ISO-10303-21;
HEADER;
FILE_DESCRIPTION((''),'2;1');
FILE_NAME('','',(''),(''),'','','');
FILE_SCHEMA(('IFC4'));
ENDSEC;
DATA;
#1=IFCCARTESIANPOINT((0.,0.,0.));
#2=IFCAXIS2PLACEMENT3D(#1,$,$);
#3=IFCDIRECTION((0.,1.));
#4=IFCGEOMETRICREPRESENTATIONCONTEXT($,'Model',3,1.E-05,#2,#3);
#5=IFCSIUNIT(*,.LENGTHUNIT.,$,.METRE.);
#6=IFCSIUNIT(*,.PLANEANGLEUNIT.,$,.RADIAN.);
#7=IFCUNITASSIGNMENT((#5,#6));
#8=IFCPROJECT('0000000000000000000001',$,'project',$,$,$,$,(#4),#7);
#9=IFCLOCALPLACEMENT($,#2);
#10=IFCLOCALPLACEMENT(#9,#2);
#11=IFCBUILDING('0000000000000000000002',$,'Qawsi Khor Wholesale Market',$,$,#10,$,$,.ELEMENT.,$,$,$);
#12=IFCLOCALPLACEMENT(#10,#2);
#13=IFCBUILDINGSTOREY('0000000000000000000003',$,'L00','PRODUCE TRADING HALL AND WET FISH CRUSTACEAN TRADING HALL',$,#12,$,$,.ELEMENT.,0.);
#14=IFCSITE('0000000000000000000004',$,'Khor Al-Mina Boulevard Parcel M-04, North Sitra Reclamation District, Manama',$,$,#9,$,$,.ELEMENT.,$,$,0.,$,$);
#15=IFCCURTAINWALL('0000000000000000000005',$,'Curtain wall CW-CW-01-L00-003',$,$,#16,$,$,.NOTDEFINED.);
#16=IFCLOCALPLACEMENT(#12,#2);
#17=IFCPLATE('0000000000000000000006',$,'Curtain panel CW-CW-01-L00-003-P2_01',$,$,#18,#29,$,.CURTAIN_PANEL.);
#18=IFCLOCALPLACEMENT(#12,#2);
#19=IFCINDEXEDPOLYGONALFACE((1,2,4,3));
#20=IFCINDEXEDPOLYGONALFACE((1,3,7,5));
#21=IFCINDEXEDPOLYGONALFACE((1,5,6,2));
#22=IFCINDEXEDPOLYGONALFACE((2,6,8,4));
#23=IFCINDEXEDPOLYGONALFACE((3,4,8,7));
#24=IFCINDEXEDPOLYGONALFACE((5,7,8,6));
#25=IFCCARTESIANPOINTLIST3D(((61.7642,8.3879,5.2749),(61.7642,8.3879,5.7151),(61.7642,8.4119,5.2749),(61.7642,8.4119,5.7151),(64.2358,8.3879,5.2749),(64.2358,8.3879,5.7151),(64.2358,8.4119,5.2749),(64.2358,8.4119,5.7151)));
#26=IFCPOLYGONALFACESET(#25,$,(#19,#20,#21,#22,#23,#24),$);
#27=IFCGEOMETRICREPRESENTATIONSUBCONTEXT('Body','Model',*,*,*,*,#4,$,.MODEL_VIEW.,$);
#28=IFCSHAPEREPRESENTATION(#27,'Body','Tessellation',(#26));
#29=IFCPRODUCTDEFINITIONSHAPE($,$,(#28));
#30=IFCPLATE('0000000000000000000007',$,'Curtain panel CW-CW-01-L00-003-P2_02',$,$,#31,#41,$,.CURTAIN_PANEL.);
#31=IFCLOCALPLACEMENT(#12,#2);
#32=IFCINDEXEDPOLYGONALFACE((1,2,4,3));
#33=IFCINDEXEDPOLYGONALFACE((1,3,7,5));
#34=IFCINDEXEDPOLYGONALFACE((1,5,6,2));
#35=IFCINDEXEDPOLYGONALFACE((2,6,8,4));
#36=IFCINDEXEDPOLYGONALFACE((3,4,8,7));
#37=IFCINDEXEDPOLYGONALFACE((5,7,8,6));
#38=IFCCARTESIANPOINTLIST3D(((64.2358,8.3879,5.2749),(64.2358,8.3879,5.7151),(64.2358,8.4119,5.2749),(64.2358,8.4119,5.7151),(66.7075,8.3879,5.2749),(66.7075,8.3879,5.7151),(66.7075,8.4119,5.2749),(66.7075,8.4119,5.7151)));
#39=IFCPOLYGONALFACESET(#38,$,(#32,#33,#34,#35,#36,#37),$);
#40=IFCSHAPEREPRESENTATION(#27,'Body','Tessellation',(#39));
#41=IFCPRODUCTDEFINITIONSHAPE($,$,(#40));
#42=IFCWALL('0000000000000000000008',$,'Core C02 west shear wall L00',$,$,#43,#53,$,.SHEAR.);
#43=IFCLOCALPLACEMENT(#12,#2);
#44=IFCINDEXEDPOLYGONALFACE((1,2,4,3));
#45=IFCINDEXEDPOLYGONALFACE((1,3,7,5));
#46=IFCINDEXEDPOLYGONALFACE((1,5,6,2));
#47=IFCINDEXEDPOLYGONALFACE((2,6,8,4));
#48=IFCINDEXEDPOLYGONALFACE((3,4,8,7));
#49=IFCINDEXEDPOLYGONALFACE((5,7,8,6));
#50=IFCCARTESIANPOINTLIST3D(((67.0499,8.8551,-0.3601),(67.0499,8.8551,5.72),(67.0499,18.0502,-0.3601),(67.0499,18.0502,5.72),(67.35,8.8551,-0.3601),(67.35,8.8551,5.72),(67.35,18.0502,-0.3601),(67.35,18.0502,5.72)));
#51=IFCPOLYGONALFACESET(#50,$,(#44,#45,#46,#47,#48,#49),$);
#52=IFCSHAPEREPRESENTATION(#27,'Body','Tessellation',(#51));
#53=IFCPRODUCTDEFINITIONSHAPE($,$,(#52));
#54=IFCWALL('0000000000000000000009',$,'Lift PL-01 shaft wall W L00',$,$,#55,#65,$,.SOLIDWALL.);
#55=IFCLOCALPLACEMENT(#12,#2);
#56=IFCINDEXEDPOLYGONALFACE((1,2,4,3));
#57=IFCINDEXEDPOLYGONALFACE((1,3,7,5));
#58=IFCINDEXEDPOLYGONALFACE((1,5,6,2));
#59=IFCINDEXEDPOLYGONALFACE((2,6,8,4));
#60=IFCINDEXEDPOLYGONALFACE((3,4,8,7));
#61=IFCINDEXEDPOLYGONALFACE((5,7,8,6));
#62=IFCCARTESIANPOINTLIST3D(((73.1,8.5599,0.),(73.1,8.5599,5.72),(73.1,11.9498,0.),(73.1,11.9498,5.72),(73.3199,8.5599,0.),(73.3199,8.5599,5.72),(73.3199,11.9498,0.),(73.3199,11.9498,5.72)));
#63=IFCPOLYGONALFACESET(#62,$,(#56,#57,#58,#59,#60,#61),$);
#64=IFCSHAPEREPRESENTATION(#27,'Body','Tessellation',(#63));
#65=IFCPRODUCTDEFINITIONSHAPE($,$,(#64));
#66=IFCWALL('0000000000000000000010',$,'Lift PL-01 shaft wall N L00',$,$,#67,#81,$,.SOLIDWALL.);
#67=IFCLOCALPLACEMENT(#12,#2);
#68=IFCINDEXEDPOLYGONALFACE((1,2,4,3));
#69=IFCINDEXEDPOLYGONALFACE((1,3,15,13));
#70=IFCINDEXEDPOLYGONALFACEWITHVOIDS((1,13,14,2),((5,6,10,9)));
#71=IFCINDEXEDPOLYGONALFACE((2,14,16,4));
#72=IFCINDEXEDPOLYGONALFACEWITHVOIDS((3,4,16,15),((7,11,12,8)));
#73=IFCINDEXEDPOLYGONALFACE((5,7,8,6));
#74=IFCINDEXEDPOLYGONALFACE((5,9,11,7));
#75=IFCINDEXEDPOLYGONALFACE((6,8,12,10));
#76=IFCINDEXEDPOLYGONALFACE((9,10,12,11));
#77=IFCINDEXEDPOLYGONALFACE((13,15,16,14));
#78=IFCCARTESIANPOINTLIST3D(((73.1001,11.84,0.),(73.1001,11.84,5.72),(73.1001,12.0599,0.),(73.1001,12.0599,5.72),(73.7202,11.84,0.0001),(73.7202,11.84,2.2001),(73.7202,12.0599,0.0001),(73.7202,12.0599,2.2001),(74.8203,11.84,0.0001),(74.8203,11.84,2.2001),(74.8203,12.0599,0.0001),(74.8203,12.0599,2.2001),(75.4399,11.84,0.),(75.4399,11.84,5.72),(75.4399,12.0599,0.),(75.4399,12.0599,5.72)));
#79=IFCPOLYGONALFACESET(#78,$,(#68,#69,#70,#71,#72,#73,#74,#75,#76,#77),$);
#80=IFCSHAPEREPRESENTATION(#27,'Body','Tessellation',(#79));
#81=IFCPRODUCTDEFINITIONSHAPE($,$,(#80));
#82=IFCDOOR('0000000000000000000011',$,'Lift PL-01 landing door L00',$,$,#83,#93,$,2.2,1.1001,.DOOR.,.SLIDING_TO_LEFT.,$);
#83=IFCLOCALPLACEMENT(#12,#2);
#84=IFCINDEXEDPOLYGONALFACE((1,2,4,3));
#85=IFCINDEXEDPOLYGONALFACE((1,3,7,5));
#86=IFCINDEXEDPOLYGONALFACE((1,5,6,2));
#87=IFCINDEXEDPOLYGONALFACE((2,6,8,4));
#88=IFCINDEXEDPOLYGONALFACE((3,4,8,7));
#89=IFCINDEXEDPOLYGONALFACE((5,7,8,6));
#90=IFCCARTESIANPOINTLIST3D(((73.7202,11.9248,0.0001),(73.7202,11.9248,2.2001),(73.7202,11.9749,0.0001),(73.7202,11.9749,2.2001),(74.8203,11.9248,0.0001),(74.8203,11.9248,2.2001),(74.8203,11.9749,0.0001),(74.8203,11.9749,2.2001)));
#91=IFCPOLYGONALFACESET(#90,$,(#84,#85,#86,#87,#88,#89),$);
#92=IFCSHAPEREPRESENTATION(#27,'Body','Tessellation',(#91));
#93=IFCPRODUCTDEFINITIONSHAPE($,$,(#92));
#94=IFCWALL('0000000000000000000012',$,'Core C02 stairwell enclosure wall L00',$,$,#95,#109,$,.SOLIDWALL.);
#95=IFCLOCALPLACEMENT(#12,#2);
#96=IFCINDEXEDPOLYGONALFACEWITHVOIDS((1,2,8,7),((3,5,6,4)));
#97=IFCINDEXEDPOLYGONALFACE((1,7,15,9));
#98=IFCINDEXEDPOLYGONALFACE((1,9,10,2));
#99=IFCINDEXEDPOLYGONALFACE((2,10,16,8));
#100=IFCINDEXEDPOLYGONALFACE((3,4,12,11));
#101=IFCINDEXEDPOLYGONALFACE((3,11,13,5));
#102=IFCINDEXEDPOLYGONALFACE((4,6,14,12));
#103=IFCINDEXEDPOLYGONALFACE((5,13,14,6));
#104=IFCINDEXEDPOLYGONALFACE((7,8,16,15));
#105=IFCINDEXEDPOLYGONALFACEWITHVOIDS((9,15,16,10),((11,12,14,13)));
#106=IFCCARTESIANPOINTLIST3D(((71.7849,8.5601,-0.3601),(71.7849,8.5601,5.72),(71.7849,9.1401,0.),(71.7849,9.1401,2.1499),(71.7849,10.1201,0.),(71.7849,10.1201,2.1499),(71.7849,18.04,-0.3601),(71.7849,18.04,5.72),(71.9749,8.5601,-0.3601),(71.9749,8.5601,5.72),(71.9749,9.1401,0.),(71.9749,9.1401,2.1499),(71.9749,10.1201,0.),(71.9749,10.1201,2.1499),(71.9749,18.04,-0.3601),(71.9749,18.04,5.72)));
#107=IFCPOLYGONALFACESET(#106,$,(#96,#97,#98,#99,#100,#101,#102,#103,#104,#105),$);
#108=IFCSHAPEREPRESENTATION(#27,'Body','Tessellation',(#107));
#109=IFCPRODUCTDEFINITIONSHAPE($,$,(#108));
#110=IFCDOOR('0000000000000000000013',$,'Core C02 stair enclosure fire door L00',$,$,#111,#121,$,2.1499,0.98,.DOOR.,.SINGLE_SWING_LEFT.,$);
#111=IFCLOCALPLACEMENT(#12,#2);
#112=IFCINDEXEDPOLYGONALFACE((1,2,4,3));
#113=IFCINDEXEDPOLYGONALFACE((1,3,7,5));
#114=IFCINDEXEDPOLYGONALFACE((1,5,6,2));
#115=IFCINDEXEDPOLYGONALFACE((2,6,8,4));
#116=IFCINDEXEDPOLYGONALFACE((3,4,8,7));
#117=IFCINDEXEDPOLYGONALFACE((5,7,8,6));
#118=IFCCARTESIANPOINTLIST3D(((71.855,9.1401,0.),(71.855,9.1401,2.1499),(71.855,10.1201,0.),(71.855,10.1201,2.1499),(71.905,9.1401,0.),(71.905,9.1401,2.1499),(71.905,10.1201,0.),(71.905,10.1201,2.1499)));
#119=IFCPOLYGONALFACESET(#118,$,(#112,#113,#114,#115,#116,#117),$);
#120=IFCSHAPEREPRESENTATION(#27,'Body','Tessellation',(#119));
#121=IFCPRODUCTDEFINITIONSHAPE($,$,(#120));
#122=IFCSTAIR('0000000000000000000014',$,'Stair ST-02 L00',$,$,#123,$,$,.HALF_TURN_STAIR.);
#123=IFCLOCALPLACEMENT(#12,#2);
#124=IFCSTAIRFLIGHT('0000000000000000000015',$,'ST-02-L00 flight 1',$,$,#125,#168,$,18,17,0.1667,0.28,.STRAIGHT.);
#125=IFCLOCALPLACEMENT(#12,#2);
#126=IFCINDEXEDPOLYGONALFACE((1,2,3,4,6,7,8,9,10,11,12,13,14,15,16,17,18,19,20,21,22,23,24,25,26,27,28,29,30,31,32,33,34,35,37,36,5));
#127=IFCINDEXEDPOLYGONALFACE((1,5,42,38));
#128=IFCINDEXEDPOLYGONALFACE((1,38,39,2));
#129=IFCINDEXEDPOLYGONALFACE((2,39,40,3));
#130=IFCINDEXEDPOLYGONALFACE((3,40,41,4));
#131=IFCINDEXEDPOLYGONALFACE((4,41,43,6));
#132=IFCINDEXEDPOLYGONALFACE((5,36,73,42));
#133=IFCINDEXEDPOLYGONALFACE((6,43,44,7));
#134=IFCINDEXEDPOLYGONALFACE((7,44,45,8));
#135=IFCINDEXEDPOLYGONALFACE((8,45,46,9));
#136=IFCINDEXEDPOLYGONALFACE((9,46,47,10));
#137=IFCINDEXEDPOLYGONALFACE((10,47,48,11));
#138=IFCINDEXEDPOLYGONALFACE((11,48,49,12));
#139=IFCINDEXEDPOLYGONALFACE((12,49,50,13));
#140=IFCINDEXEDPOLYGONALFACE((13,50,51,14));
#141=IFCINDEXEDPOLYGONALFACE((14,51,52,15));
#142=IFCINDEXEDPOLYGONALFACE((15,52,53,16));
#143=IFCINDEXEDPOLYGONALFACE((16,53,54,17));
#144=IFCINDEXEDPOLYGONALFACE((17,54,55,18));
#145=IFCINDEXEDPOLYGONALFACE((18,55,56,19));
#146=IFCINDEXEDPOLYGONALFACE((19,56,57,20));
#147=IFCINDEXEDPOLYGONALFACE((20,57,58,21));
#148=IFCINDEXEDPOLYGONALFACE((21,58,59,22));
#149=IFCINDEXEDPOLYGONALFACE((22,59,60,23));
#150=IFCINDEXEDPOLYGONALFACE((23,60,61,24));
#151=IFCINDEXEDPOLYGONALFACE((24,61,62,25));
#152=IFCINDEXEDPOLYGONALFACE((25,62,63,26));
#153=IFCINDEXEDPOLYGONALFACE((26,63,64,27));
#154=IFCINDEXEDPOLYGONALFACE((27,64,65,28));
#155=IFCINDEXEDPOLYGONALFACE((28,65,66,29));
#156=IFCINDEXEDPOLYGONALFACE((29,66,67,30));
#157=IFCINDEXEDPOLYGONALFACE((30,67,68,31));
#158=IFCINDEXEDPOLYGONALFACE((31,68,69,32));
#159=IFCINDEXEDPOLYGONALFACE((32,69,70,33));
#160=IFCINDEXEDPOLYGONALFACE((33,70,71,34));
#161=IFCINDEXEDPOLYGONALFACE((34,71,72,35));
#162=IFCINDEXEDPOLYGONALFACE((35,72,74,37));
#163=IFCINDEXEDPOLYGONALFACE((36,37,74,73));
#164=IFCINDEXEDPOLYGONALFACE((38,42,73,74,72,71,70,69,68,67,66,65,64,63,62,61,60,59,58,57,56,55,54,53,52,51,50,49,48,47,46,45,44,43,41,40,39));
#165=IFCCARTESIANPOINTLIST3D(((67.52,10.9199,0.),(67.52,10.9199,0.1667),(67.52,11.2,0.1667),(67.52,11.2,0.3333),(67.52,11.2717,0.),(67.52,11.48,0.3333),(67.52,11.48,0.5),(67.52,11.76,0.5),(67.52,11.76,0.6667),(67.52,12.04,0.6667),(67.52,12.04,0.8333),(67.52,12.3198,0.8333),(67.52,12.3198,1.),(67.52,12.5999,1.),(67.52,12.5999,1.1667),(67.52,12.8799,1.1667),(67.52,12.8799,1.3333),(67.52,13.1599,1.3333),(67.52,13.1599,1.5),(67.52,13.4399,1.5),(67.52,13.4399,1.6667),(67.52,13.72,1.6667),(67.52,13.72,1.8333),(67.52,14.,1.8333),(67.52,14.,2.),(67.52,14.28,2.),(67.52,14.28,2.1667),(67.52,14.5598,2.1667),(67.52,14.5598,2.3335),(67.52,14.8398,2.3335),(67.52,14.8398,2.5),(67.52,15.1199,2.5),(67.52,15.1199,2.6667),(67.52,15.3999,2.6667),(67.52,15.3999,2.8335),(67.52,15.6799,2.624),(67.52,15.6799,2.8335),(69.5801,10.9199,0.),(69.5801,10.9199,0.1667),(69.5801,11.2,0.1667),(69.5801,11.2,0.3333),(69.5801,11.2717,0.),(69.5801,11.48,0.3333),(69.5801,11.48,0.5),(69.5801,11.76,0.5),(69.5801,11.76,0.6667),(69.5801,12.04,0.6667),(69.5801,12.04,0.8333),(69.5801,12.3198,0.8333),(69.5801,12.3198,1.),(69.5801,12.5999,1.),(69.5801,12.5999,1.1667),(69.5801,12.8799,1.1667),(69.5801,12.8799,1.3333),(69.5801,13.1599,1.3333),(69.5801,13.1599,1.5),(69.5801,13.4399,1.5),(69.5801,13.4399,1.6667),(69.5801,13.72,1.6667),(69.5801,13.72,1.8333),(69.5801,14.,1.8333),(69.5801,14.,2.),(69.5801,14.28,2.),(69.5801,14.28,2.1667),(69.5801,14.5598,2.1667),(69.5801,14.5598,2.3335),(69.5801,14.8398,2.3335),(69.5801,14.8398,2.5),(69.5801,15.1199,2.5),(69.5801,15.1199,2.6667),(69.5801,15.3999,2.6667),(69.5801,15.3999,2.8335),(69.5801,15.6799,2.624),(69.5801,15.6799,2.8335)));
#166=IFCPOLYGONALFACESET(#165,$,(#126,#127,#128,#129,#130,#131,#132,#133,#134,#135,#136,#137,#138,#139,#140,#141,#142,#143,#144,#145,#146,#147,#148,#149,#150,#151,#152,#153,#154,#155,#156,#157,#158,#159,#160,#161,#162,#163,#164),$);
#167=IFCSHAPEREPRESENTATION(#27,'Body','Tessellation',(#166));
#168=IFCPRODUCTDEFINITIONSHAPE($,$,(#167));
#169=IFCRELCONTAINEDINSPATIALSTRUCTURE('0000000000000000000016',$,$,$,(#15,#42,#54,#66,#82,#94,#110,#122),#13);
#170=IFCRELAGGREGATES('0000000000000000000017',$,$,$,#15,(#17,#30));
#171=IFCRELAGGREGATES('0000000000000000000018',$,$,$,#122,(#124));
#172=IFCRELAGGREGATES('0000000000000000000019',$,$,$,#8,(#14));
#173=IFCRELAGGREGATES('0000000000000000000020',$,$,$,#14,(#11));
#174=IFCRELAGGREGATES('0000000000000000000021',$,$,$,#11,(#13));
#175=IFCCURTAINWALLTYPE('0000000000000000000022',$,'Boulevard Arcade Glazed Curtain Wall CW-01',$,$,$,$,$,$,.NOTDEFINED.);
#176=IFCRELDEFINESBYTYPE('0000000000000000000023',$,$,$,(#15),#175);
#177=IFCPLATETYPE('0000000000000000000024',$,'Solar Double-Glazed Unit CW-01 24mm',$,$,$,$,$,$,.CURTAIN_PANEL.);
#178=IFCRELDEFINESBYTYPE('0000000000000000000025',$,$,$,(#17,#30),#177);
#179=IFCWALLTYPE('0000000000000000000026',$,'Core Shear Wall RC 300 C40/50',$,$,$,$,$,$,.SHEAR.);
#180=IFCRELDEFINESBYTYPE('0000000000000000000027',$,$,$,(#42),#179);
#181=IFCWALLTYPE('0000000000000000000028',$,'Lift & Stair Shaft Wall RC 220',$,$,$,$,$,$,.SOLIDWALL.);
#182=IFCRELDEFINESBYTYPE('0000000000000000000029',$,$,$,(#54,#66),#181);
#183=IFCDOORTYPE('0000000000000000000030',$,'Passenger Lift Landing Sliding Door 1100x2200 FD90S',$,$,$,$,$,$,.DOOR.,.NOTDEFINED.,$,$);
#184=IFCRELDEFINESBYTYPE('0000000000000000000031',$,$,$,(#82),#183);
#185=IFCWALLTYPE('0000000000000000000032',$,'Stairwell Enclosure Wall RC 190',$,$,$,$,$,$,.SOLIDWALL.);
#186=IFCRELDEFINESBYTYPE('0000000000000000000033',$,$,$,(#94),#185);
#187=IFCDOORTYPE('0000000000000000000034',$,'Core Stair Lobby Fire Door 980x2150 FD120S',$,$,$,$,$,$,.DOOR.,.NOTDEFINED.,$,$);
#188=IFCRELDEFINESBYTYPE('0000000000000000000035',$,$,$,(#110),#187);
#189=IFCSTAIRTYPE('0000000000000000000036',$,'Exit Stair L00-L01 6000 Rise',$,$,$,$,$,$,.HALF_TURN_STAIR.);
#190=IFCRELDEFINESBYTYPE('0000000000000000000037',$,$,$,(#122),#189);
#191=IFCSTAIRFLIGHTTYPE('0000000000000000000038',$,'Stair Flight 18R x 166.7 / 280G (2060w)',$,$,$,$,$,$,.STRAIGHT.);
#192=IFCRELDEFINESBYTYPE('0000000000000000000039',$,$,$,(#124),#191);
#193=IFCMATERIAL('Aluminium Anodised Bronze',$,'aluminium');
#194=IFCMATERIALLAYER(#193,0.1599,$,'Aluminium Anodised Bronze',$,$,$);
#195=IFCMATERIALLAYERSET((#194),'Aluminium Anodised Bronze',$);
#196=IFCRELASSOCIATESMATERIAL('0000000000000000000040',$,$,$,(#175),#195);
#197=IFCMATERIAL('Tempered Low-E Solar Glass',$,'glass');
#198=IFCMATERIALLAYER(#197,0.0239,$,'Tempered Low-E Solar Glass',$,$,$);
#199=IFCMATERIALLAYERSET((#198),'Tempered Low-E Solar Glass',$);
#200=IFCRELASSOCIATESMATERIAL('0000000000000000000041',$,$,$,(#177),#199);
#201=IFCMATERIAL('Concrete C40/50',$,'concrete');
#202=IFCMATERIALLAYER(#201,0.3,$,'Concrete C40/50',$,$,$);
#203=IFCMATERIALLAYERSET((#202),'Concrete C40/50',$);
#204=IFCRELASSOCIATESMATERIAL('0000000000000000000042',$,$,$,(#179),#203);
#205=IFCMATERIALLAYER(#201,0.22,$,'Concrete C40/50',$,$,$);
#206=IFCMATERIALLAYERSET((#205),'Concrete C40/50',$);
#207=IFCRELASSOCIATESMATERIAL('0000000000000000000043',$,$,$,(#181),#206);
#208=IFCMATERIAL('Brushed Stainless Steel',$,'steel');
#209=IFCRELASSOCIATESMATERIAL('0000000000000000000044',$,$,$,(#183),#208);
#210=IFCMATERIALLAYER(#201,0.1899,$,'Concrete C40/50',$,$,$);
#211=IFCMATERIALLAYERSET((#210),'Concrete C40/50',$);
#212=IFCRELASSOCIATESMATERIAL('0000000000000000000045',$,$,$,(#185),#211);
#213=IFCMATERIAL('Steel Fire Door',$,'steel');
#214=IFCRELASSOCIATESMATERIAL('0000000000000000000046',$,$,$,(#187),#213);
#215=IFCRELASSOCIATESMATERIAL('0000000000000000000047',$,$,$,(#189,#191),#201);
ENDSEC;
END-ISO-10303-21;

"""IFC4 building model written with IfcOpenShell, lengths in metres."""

from ifc_helpers import new_model, si_unit, direction, frame, frame_2d, origin, place, context, subcontext, project, spatial, polyline, rectangle, outline, extrude, material, layer, layer_set, type_object, element, fill, aggregate, save


model = new_model("IFC4")

# Units and contexts
model_context = context("Model", 3, precision=1e-05, world=origin(), true_north=direction((0.0, 1.0)))
body_context = subcontext(model_context, "Body", "Model", "MODEL_VIEW")
ifc_project = project(units=[si_unit("LENGTHUNIT", "METRE"), si_unit("PLANEANGLEUNIT", "RADIAN")], contexts=[model_context])

# Site, building, storey
site_placement = place(None, origin())
site = spatial("IfcSite", under=ifc_project, at=site_placement, Name="Khor Al-Mina Boulevard Parcel M-04, North Sitra Reclamation District, Manama", CompositionType="ELEMENT", RefElevation=0.0)
building_placement = place(site_placement, origin())
building = spatial("IfcBuilding", under=site, at=building_placement, Name="Qawsi Khor Wholesale Market", CompositionType="ELEMENT")
storey_placement = place(building_placement, origin())
storey = spatial("IfcBuildingStorey", under=building, at=storey_placement, Name="L00", Description="PRODUCE TRADING HALL AND WET FISH CRUSTACEAN TRADING HALL", CompositionType="ELEMENT", Elevation=0.0)

# Shared definitions
ifc_material_1 = material(Name="Concrete C40/50", Category="concrete")

# Curtain wall, plates
ifc_material_2 = material(Name="Aluminium Anodised Bronze", Category="aluminium")
ifc_layer_1 = layer(ifc_material_2, 0.1599, Name="Aluminium Anodised Bronze")
ifc_layer_set_1 = layer_set([ifc_layer_1], Name="Aluminium Anodised Bronze")
curtain_wall_type = type_object("IfcCurtainWallType", Name="Boulevard Arcade Glazed Curtain Wall CW-01", PredefinedType="NOTDEFINED", material=ifc_layer_set_1)
curtain_wall_placement = place(storey_placement, origin())
curtain_wall = element("IfcCurtainWall", 1, at=curtain_wall_placement, inside=storey, type_object=curtain_wall_type, Name="Curtain wall CW-CW-01-L00-003", PredefinedType="NOTDEFINED")
ifc_material_3 = material(Name="Tempered Low-E Solar Glass", Category="glass")
ifc_layer_2 = layer(ifc_material_3, 0.0239, Name="Tempered Low-E Solar Glass")
ifc_layer_set_2 = layer_set([ifc_layer_2], Name="Tempered Low-E Solar Glass")
plate_type_1 = type_object("IfcPlateType", Name="Solar Double-Glazed Unit CW-01 24mm", PredefinedType="CURTAIN_PANEL", material=ifc_layer_set_2)
plate_1_placement = place(storey_placement, frame((61.7642, 8.3999, 5.2749), z_axis=(0.0, 0.0, 1.0), x_axis=(1.0, 0.0, 0.0)))
plate_1 = element("IfcPlate", 2, at=plate_1_placement, type_object=plate_type_1, Name="Curtain panel CW-CW-01-L00-003-P2_01", PredefinedType="CURTAIN_PANEL", context=body_context, shape_type="SweptSolid", body=[
    extrude(rectangle(XDim=2.4717, YDim=0.0239, at=frame_2d((1.2358, 0.0))), origin(), (0.0, 0.0, 1.0), 0.4402),
])
plate_2_placement = place(storey_placement, frame((64.2358, 8.3999, 5.2749), z_axis=(0.0, 0.0, 1.0), x_axis=(1.0, 0.0, 0.0)))
plate_2 = element("IfcPlate", 3, at=plate_2_placement, type_object=plate_type_1, Name="Curtain panel CW-CW-01-L00-003-P2_02", PredefinedType="CURTAIN_PANEL", context=body_context, shape_type="SweptSolid", body=[
    extrude(rectangle(XDim=2.4717, YDim=0.0239, at=frame_2d((1.2358, 0.0))), origin(), (0.0, 0.0, 1.0), 0.4402),
])
aggregate(curtain_wall, [plate_1, plate_2])

# Walls
ifc_layer_3 = layer(ifc_material_1, 0.3, Name="Concrete C40/50")
ifc_layer_set_3 = layer_set([ifc_layer_3], Name="Concrete C40/50")
wall_type_1 = type_object("IfcWallType", Name="Core Shear Wall RC 300 C40/50", PredefinedType="SHEAR", material=ifc_layer_set_3)
wall_1_placement = place(storey_placement, frame((67.2, 8.855, -0.3601), z_axis=(0.0, 0.0, 1.0), x_axis=(0.0, 1.0, 0.0)))
element("IfcWall", 4, at=wall_1_placement, inside=storey, type_object=wall_type_1, Name="Core C02 west shear wall L00", PredefinedType="SHEAR", context=body_context, shape_type="SweptSolid", body=[
    extrude(rectangle(XDim=9.1951, YDim=0.3, at=frame_2d((4.5977, 0.0))), origin(), (0.0, 0.0, 1.0), 6.0801),
])
ifc_layer_4 = layer(ifc_material_1, 0.22, Name="Concrete C40/50")
ifc_layer_set_4 = layer_set([ifc_layer_4], Name="Concrete C40/50")
wall_type_2 = type_object("IfcWallType", Name="Lift & Stair Shaft Wall RC 220", PredefinedType="SOLIDWALL", material=ifc_layer_set_4)
wall_2_placement = place(storey_placement, frame((73.21, 8.5601, 0.0), z_axis=(0.0, 0.0, 1.0), x_axis=(0.0, 1.0, 0.0)))
element("IfcWall", 5, at=wall_2_placement, inside=storey, type_object=wall_type_2, Name="Lift PL-01 shaft wall W L00", PredefinedType="SOLIDWALL", context=body_context, shape_type="SweptSolid", body=[
    extrude(rectangle(XDim=3.3899, YDim=0.22, at=frame_2d((1.6948, 0.0))), origin(), (0.0, 0.0, 1.0), 5.72),
])

# Walls, openings, doors
wall_3_placement = place(storey_placement, frame((73.1001, 11.95, 0.0), z_axis=(0.0, 0.0, 1.0), x_axis=(1.0, 0.0, 0.0)))
wall_3 = element("IfcWall", 6, at=wall_3_placement, inside=storey, type_object=wall_type_2, Name="Lift PL-01 shaft wall N L00", PredefinedType="SOLIDWALL", context=body_context, shape_type="SweptSolid", body=[
    extrude(rectangle(XDim=2.3398, YDim=0.22, at=frame_2d((1.1699, 0.0))), origin(), (0.0, 0.0, 1.0), 5.72),
])
opening_1_placement = place(wall_3_placement, frame((0.6201, 0.0, 0.0)))
opening_1 = element("IfcOpeningElement", 7, at=opening_1_placement, cuts=wall_3, PredefinedType="OPENING", context=body_context, shape_type="SweptSolid", body=[
    extrude(rectangle(XDim=1.1001, YDim=2.2, at=frame_2d((0.55, 1.1001))), frame((0.0, 0.1199, 0.0), z_axis=(0.0, -1.0, 0.0), x_axis=(1.0, 0.0, 0.0)), (0.0, 0.0, 1.0), 0.24),
])
ifc_material_4 = material(Name="Brushed Stainless Steel", Category="steel")
door_type_1 = type_object("IfcDoorType", Name="Passenger Lift Landing Sliding Door 1100x2200 FD90S", OperationType="NOTDEFINED", PredefinedType="DOOR", material=ifc_material_4)
door_1_placement = place(opening_1_placement, origin())
door_1 = element("IfcDoor", 8, at=door_1_placement, inside=storey, type_object=door_type_1, Name="Lift PL-01 landing door L00", OperationType="SLIDING_TO_LEFT", OverallHeight=2.2, OverallWidth=1.1001, PredefinedType="DOOR", context=body_context, shape_type="SweptSolid", body=[
    extrude(rectangle(XDim=1.1001, YDim=2.2, at=frame_2d((0.55, 1.1001))), frame((0.0, 0.0249, 0.0), z_axis=(0.0, -1.0, 0.0), x_axis=(1.0, 0.0, 0.0)), (0.0, 0.0, 1.0), 0.05),
])
fill(opening_1, door_1)
ifc_layer_5 = layer(ifc_material_1, 0.1899, Name="Concrete C40/50")
ifc_layer_set_5 = layer_set([ifc_layer_5], Name="Concrete C40/50")
wall_type_3 = type_object("IfcWallType", Name="Stairwell Enclosure Wall RC 190", PredefinedType="SOLIDWALL", material=ifc_layer_set_5)
wall_4_placement = place(storey_placement, frame((71.8799, 8.5601, -0.3601), z_axis=(0.0, 0.0, 1.0), x_axis=(0.0, 1.0, 0.0)))
wall_4 = element("IfcWall", 9, at=wall_4_placement, inside=storey, type_object=wall_type_3, Name="Core C02 stairwell enclosure wall L00", PredefinedType="SOLIDWALL", context=body_context, shape_type="SweptSolid", body=[
    extrude(rectangle(XDim=9.48, YDim=0.1899, at=frame_2d((4.74, 0.0))), origin(), (0.0, 0.0, 1.0), 6.0801),
])
opening_2_placement = place(wall_4_placement, frame((0.5801, 0.0, 0.3601)))
opening_2 = element("IfcOpeningElement", 10, at=opening_2_placement, cuts=wall_4, PredefinedType="OPENING", context=body_context, shape_type="SweptSolid", body=[
    extrude(rectangle(XDim=0.98, YDim=2.1499, at=frame_2d((0.49, 1.075))), frame((0.0, 0.105, 0.0), z_axis=(0.0, -1.0, 0.0), x_axis=(1.0, 0.0, 0.0)), (0.0, 0.0, 1.0), 0.21),
])
ifc_material_5 = material(Name="Steel Fire Door", Category="steel")
door_type_2 = type_object("IfcDoorType", Name="Core Stair Lobby Fire Door 980x2150 FD120S", OperationType="NOTDEFINED", PredefinedType="DOOR", material=ifc_material_5)
door_2_placement = place(opening_2_placement, origin())
door_2 = element("IfcDoor", 11, at=door_2_placement, inside=storey, type_object=door_type_2, Name="Core C02 stair enclosure fire door L00", OperationType="SINGLE_SWING_LEFT", OverallHeight=2.1499, OverallWidth=0.98, PredefinedType="DOOR", context=body_context, shape_type="SweptSolid", body=[
    extrude(rectangle(XDim=0.98, YDim=2.1499, at=frame_2d((0.49, 1.075))), frame((0.0, 0.0249, 0.0), z_axis=(0.0, -1.0, 0.0), x_axis=(1.0, 0.0, 0.0)), (0.0, 0.0, 1.0), 0.05),
])
fill(opening_2, door_2)

# Stair, stair flight
stair_type = type_object("IfcStairType", Name="Exit Stair L00-L01 6000 Rise", PredefinedType="HALF_TURN_STAIR", material=ifc_material_1)
stair_placement = place(storey_placement, origin())
stair = element("IfcStair", 12, at=stair_placement, inside=storey, type_object=stair_type, Name="Stair ST-02 L00", PredefinedType="HALF_TURN_STAIR")
stair_flight_type = type_object("IfcStairFlightType", Name="Stair Flight 18R x 166.7 / 280G (2060w)", PredefinedType="STRAIGHT", material=ifc_material_1)
stair_flight_1_placement = place(storey_placement, frame((68.55, 10.9199, 0.0), z_axis=(0.0, 0.0, 1.0), x_axis=(0.0, 1.0, 0.0)))
stair_flight_1 = element("IfcStairFlight", 13, at=stair_flight_1_placement, type_object=stair_flight_type, Name="ST-02-L00 flight 1", NumberOfRisers=18, NumberOfTreads=17, PredefinedType="STRAIGHT", RiserHeight=0.1667, TreadLength=0.28, context=body_context, shape_type="SweptSolid", body=[
    extrude(outline(polyline([(0.0, 0.0), (0.0, 0.1667), (0.28, 0.1667), (0.28, 0.3333), (0.5601, 0.3333), (0.5601, 0.5), (0.8401, 0.5), (0.8401, 0.6667), (1.1201, 0.6667), (1.1201, 0.8333), (1.3999, 0.8333), (1.3999, 1.0), (1.6799, 1.0), (1.6799, 1.1667), (1.96, 1.1667), (1.96, 1.3333), (2.24, 1.3333), (2.24, 1.5), (2.52, 1.5), (2.52, 1.6667), (2.8, 1.6667), (2.8, 1.8333), (3.0801, 1.8333), (3.0801, 2.0), (3.3601, 2.0), (3.3601, 2.1667), (3.6399, 2.1667), (3.6399, 2.3335), (3.9199, 2.3335), (3.9199, 2.5), (4.2, 2.5), (4.2, 2.6667), (4.48, 2.6667), (4.48, 2.8335), (4.76, 2.8335), (4.76, 3.0), (4.76, 2.624), (0.3518, 0.0), (0.0, 0.0)])), frame((0.0, 1.03, 0.0), z_axis=(0.0, -1.0, 0.0), x_axis=(1.0, 0.0, 0.0)), (0.0, 0.0, 1.0), 2.0601),
])
aggregate(stair, [stair_flight_1])

save(model, "model.ifc")
